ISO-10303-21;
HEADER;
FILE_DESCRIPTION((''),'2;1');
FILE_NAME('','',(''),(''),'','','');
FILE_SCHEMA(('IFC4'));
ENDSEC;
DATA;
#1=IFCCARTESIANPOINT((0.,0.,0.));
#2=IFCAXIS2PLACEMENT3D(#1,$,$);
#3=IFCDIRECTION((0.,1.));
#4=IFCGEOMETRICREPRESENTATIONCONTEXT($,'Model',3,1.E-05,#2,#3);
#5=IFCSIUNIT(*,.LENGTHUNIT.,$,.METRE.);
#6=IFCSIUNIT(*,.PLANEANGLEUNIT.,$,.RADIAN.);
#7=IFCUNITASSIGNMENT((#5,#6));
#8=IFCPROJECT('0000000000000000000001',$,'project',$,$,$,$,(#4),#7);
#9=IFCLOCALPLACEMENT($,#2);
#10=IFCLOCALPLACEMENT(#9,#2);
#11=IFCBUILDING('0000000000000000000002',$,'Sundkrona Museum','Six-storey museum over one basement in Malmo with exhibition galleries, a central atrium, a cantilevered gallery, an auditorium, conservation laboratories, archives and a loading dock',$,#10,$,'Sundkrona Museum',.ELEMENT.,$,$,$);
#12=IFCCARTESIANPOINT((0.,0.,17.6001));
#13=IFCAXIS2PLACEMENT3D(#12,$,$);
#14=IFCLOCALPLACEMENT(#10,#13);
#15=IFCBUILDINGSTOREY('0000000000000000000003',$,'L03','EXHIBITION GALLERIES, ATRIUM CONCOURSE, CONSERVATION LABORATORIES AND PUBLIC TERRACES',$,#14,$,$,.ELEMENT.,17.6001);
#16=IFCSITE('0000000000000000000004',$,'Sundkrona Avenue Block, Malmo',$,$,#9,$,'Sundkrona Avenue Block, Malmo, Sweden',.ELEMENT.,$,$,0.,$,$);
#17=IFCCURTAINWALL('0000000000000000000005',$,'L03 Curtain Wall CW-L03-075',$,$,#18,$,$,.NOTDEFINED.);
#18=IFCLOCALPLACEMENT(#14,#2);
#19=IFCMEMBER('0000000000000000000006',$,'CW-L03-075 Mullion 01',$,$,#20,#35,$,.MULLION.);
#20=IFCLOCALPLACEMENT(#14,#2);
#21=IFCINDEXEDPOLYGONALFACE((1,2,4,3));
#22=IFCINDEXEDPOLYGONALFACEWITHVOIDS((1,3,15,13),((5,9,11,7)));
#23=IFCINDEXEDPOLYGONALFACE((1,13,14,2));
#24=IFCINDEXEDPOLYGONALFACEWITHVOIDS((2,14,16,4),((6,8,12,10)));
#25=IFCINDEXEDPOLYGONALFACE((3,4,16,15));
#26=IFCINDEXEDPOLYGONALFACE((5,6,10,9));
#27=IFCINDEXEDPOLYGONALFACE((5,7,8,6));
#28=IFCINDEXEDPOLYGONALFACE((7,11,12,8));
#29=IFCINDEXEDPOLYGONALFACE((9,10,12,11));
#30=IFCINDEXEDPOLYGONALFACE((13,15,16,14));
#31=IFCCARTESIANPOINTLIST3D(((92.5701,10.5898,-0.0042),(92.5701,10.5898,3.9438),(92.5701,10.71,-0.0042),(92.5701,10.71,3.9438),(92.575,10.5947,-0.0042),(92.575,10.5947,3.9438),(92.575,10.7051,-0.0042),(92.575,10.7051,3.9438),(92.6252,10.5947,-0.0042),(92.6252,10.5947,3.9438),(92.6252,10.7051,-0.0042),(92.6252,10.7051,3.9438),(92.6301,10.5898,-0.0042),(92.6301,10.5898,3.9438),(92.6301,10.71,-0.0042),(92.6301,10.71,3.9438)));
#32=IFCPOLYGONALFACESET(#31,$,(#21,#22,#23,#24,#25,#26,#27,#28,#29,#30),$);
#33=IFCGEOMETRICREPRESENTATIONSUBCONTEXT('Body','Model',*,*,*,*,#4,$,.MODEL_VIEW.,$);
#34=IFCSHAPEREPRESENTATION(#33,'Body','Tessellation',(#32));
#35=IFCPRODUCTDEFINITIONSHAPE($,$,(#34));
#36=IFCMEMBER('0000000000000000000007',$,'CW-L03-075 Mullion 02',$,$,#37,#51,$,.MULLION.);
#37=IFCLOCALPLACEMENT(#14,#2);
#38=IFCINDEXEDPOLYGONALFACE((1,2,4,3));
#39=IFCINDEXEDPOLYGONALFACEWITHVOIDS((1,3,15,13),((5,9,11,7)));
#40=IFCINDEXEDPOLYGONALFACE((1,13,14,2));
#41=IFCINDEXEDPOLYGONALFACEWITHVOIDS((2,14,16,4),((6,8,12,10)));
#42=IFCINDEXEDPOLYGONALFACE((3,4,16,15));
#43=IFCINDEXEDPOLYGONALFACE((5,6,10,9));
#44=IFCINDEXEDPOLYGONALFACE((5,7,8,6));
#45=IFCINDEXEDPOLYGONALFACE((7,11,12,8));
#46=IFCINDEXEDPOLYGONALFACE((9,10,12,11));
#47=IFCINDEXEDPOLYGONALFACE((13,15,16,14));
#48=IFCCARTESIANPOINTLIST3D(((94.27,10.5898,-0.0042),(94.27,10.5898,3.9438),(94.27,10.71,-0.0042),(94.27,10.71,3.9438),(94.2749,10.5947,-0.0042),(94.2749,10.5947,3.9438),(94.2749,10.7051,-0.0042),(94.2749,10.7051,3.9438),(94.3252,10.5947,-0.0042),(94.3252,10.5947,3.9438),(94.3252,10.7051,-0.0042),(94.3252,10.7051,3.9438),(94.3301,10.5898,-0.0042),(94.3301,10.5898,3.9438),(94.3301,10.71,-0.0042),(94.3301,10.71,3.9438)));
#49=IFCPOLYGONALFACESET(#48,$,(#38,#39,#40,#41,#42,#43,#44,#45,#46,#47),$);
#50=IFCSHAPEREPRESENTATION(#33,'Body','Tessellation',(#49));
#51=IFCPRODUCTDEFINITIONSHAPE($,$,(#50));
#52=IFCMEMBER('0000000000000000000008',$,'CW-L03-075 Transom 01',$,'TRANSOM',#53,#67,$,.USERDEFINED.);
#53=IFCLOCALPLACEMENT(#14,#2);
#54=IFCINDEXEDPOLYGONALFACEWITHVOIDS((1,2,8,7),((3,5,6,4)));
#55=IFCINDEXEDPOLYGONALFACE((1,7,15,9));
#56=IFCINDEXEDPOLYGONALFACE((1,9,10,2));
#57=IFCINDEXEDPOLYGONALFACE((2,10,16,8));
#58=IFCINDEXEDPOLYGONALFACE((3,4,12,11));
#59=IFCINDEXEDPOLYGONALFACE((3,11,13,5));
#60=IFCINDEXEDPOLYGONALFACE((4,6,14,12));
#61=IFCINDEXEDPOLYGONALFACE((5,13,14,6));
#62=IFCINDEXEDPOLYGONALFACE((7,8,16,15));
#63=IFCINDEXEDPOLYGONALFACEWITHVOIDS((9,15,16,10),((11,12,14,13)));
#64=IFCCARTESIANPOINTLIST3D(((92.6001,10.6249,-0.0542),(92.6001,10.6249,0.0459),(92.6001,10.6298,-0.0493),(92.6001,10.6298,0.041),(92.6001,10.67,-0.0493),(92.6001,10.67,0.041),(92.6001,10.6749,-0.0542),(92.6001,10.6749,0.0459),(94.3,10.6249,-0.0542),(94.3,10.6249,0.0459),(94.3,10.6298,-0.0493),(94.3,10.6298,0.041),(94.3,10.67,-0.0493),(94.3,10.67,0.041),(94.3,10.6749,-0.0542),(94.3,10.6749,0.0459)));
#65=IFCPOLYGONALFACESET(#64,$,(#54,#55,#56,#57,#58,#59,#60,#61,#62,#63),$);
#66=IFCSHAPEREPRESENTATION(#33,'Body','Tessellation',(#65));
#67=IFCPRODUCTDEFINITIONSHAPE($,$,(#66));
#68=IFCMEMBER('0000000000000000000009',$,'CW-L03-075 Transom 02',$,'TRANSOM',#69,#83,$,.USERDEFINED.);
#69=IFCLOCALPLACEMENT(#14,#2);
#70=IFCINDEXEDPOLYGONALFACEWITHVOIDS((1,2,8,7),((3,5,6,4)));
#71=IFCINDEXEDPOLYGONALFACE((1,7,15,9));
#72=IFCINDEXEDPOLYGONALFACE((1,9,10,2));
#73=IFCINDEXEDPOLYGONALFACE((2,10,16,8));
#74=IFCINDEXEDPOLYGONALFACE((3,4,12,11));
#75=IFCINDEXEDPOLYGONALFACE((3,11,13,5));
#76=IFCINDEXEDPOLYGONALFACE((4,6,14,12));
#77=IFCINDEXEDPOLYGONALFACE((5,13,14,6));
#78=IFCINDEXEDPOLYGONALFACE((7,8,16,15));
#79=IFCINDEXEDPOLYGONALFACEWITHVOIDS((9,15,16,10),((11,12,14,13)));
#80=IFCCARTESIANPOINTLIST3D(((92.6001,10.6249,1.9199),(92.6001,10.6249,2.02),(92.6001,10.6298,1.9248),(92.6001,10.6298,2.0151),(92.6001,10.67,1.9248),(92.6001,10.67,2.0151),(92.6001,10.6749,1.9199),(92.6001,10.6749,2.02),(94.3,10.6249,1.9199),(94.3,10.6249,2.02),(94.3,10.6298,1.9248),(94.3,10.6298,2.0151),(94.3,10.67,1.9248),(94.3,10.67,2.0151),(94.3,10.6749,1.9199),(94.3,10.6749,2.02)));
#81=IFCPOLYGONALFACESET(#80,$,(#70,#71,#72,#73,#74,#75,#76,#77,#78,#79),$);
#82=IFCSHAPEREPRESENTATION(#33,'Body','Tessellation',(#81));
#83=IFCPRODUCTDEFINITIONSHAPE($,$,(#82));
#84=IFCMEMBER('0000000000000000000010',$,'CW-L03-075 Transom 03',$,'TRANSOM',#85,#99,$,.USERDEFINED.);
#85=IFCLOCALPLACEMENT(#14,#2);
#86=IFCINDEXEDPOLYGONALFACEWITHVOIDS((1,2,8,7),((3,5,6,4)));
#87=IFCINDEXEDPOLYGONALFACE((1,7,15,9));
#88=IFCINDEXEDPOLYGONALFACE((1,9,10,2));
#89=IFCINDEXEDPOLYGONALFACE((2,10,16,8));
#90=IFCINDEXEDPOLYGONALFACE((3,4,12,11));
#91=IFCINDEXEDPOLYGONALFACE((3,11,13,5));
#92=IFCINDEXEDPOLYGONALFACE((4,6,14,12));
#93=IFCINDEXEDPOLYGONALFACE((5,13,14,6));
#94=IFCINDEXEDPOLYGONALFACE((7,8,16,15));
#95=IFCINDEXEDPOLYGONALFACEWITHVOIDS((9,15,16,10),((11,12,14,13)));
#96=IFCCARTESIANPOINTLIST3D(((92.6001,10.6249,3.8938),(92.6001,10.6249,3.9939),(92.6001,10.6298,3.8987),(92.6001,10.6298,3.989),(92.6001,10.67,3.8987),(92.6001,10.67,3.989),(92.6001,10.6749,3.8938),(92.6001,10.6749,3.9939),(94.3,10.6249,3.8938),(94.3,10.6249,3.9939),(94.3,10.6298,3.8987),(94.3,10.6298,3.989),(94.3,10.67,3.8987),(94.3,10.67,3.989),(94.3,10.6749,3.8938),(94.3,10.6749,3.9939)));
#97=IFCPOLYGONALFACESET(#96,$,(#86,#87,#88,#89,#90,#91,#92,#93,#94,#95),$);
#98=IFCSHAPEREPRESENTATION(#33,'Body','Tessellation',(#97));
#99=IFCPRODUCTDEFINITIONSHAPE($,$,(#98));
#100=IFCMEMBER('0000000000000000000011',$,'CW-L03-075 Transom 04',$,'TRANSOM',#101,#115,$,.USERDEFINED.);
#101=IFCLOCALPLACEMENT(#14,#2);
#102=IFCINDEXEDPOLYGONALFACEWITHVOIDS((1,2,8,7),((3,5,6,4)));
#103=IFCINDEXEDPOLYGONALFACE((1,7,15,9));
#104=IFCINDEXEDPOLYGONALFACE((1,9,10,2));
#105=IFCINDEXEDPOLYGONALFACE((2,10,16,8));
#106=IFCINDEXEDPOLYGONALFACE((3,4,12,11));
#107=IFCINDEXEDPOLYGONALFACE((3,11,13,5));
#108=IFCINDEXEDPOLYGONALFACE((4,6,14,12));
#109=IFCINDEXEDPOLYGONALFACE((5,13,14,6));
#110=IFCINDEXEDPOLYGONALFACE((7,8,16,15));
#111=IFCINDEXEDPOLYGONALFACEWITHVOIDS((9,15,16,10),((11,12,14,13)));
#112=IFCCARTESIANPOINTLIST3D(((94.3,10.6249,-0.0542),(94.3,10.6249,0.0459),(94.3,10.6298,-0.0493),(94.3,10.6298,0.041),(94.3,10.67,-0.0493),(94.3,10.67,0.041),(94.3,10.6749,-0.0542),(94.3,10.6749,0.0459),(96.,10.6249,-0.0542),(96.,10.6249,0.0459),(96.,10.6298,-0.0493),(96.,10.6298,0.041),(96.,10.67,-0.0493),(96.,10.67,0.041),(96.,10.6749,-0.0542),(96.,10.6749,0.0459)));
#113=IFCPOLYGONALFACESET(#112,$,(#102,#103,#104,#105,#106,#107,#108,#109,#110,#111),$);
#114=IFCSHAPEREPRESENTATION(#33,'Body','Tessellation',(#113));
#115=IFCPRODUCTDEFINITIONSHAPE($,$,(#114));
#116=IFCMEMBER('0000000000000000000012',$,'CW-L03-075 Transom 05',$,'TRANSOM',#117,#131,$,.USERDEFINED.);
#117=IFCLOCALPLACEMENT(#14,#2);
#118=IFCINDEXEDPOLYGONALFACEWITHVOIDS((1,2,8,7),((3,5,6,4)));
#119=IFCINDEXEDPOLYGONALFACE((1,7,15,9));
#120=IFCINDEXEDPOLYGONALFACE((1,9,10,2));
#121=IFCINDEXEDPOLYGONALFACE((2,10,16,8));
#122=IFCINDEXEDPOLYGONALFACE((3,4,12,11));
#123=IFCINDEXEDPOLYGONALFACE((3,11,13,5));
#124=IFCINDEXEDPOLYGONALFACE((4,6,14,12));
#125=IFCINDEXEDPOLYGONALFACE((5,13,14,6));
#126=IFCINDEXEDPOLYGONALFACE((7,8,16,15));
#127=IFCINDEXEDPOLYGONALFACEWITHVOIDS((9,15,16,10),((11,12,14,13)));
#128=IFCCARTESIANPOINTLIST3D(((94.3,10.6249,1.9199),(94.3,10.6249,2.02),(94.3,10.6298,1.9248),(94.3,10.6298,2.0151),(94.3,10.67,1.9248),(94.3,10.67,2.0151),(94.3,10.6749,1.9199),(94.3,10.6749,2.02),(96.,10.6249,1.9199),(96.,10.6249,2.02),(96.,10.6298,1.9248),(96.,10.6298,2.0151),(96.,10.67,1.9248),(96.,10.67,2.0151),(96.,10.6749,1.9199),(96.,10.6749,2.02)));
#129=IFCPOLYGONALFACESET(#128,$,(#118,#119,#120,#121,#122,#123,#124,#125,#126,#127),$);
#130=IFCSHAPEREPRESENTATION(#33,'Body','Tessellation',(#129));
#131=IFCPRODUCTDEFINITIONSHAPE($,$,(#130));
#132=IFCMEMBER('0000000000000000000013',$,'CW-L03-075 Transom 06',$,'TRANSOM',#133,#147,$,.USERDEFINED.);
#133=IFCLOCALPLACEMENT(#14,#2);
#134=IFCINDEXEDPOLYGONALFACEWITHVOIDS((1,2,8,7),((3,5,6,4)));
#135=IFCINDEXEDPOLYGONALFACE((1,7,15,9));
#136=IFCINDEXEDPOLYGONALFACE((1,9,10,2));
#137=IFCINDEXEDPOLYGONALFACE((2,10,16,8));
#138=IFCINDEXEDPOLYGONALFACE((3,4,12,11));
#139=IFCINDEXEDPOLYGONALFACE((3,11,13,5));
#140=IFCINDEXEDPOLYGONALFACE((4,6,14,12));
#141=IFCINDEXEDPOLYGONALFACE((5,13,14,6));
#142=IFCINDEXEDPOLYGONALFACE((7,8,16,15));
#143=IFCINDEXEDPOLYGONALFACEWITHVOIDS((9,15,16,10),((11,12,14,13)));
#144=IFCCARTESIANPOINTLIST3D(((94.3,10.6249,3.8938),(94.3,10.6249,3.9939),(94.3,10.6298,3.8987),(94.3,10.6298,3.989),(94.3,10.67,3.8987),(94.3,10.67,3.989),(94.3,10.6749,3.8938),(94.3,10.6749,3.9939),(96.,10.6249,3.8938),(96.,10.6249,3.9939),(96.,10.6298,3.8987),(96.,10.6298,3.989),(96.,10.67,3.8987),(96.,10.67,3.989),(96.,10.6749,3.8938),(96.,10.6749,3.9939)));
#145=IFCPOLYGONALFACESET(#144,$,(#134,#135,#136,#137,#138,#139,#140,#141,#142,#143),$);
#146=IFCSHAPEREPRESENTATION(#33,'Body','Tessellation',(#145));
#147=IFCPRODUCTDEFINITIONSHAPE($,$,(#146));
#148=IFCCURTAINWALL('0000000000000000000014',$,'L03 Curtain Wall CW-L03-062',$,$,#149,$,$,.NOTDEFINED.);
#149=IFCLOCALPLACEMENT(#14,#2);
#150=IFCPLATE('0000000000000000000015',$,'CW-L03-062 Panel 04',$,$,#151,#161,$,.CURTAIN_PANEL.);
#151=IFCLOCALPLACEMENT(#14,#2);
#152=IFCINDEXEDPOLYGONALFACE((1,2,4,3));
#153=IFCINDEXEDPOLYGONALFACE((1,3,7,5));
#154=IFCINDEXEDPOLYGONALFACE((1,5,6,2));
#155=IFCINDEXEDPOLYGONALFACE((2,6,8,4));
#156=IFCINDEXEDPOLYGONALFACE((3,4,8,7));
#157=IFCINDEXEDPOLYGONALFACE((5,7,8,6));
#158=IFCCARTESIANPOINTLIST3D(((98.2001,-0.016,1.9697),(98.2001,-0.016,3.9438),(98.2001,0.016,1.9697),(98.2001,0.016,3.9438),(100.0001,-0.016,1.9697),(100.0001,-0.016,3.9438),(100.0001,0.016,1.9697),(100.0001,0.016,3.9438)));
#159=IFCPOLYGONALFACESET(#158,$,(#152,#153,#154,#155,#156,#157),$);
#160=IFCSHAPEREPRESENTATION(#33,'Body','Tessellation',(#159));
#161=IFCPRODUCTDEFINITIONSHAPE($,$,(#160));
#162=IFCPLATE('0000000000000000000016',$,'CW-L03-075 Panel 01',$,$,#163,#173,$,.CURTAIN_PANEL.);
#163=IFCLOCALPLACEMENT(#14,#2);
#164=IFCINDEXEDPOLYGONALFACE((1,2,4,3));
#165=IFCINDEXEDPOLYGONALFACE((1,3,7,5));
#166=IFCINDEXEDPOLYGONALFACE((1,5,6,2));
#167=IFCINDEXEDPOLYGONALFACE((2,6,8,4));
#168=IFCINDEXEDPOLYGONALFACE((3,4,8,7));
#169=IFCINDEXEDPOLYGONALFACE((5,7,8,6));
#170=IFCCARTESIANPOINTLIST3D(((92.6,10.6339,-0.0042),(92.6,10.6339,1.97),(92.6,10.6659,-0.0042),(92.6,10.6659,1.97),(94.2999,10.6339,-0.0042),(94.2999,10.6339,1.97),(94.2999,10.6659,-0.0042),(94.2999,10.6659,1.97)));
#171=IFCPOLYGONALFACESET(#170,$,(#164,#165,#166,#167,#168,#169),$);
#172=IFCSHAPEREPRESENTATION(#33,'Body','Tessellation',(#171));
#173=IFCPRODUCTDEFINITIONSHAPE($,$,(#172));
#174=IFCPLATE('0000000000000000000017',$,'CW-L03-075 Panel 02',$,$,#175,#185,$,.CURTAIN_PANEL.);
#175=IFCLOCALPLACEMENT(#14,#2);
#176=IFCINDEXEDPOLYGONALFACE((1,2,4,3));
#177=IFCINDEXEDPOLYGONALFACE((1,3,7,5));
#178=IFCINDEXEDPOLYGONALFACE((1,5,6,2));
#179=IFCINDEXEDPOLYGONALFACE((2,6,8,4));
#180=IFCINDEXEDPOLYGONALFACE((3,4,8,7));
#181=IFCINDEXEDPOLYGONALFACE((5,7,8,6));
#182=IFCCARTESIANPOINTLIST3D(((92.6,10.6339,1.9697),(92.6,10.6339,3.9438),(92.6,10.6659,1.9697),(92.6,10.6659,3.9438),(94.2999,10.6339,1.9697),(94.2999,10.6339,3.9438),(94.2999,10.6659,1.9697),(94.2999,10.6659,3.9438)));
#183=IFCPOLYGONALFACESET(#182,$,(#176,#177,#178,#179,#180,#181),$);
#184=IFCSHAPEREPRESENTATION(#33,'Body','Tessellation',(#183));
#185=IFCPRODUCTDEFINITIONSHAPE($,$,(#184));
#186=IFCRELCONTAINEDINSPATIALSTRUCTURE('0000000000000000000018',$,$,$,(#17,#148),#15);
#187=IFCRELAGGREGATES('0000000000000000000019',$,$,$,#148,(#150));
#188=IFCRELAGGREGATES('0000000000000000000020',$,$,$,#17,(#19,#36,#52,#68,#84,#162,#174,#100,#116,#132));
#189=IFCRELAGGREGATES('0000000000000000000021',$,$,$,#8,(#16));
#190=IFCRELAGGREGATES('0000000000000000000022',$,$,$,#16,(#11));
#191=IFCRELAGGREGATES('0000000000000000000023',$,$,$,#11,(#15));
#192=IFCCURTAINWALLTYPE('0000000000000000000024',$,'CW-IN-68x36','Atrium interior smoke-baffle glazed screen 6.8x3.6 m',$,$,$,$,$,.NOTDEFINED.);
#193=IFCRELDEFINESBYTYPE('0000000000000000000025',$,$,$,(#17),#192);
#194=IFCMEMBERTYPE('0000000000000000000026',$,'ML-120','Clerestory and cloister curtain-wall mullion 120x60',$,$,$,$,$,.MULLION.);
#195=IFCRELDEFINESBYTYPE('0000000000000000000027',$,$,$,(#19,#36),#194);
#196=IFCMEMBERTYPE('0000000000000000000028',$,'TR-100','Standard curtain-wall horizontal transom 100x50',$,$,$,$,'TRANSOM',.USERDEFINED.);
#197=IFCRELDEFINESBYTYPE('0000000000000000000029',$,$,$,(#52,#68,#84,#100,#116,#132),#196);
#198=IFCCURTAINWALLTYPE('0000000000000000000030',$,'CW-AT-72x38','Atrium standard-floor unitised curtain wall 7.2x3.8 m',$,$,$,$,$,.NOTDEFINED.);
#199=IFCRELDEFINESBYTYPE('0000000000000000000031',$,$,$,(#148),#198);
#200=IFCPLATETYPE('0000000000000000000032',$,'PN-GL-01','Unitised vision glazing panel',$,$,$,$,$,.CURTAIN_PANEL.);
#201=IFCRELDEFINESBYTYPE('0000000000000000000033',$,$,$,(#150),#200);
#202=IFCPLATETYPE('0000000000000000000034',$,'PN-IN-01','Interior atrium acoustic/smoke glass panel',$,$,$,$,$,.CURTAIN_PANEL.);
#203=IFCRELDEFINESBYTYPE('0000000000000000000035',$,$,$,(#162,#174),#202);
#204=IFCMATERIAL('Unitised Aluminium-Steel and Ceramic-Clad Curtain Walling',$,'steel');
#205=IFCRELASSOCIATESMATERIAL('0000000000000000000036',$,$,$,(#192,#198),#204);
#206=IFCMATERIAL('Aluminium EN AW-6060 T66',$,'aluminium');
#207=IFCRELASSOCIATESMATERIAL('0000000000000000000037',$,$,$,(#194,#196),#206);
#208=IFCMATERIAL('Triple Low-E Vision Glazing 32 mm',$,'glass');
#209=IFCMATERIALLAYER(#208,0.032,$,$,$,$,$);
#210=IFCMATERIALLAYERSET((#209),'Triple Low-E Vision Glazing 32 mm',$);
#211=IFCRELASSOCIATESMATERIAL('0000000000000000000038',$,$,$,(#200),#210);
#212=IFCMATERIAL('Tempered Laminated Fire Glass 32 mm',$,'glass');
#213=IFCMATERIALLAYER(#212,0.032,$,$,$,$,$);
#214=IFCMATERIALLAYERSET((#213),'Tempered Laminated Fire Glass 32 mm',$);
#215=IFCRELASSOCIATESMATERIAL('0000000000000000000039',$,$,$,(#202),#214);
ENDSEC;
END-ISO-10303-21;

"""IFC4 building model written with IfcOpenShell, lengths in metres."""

from ifc_helpers import new_model, si_unit, direction, frame, origin, origin_2d, place, context, subcontext, project, spatial, rectangle, hollow_rectangle, extrude, material, layer, layer_set, material_profile, profile_set, type_object, element, aggregate, save


model = new_model("IFC4")

# Units and contexts
model_context = context("Model", 3, precision=1e-05, world=origin(), true_north=direction((0.0, 1.0)))
body_context = subcontext(model_context, "Body", "Model", "MODEL_VIEW")
ifc_project = project(units=[si_unit("LENGTHUNIT", "METRE"), si_unit("PLANEANGLEUNIT", "RADIAN")], contexts=[model_context])

# Site, building, storey
site_placement = place(None, origin())
site = spatial("IfcSite", under=ifc_project, at=site_placement, Name="Sundkrona Avenue Block, Malmo", LongName="Sundkrona Avenue Block, Malmo, Sweden", CompositionType="ELEMENT", RefElevation=0.0)
building_placement = place(site_placement, origin())
building = spatial("IfcBuilding", under=site, at=building_placement, Name="Sundkrona Museum", Description="Six-storey museum over one basement in Malmo with exhibition galleries, a central atrium, a cantilevered gallery, an auditorium, conservation laboratories, archives and a loading dock", LongName="Sundkrona Museum", CompositionType="ELEMENT")
storey_placement = place(building_placement, frame((0.0, 0.0, 17.6001)))
storey = spatial("IfcBuildingStorey", under=building, at=storey_placement, Name="L03", Description="EXHIBITION GALLERIES, ATRIUM CONCOURSE, CONSERVATION LABORATORIES AND PUBLIC TERRACES", CompositionType="ELEMENT", Elevation=17.6001)

# Curtain wall, members
ifc_material_1 = material(Name="Unitised Aluminium-Steel and Ceramic-Clad Curtain Walling", Category="steel")
curtain_wall_type_1 = type_object("IfcCurtainWallType", Name="CW-IN-68x36", Description="Atrium interior smoke-baffle glazed screen 6.8x3.6 m", PredefinedType="NOTDEFINED", material=ifc_material_1)
curtain_wall_1_placement = place(storey_placement, origin())
curtain_wall_1 = element("IfcCurtainWall", 1, at=curtain_wall_1_placement, inside=storey, type_object=curtain_wall_type_1, Name="L03 Curtain Wall CW-L03-075", PredefinedType="NOTDEFINED")
ifc_material_2 = material(Name="Aluminium EN AW-6060 T66", Category="aluminium")
ifc_material_profile_1 = material_profile(ifc_material_2, hollow_rectangle(XDim=0.0601, YDim=0.1201, WallThickness=0.0049, at=origin_2d()), Name="RHS 120x60x5.0")
ifc_profile_set_1 = profile_set([ifc_material_profile_1], Name="Aluminium EN AW-6060 T66")
member_type_1 = type_object("IfcMemberType", Name="ML-120", Description="Clerestory and cloister curtain-wall mullion 120x60", PredefinedType="MULLION", material=ifc_profile_set_1)
member_1_placement = place(storey_placement, frame((92.6001, 10.6499, -0.0042), z_axis=(0.0, 0.0, 1.0), x_axis=(1.0, 0.0, 0.0)))
member_1 = element("IfcMember", 2, at=member_1_placement, type_object=member_type_1, Name="CW-L03-075 Mullion 01", PredefinedType="MULLION", context=body_context, shape_type="SweptSolid", body=[
    extrude(hollow_rectangle(XDim=0.0601, YDim=0.1201, WallThickness=0.0049, at=origin_2d()), origin(), (0.0, 0.0, 1.0), 3.948),
])
member_2_placement = place(storey_placement, frame((94.3, 10.6499, -0.0042), z_axis=(0.0, 0.0, 1.0), x_axis=(1.0, 0.0, 0.0)))
member_2 = element("IfcMember", 3, at=member_2_placement, type_object=member_type_1, Name="CW-L03-075 Mullion 02", PredefinedType="MULLION", context=body_context, shape_type="SweptSolid", body=[
    extrude(hollow_rectangle(XDim=0.0601, YDim=0.1201, WallThickness=0.0049, at=origin_2d()), origin(), (0.0, 0.0, 1.0), 3.948),
])
ifc_material_profile_2 = material_profile(ifc_material_2, hollow_rectangle(XDim=0.05, YDim=0.1001, WallThickness=0.0049, at=origin_2d()), Name="RHS 100x50x5.0")
ifc_profile_set_2 = profile_set([ifc_material_profile_2], Name="Aluminium EN AW-6060 T66")
member_type_2 = type_object("IfcMemberType", Name="TR-100", Description="Standard curtain-wall horizontal transom 100x50", ElementType="TRANSOM", PredefinedType="USERDEFINED", material=ifc_profile_set_2)
member_3_placement = place(storey_placement, frame((92.6001, 10.6499, -0.0042), z_axis=(1.0, 0.0, 0.0), x_axis=(0.0, 1.0, 0.0)))
member_3 = element("IfcMember", 4, at=member_3_placement, type_object=member_type_2, Name="CW-L03-075 Transom 01", ObjectType="TRANSOM", PredefinedType="USERDEFINED", context=body_context, shape_type="SweptSolid", body=[
    extrude(hollow_rectangle(XDim=0.05, YDim=0.1001, WallThickness=0.0049, at=origin_2d()), origin(), (0.0, 0.0, 1.0), 1.7),
])
member_4_placement = place(storey_placement, frame((92.6001, 10.6499, 1.97), z_axis=(1.0, 0.0, 0.0), x_axis=(0.0, 1.0, 0.0)))
member_4 = element("IfcMember", 5, at=member_4_placement, type_object=member_type_2, Name="CW-L03-075 Transom 02", ObjectType="TRANSOM", PredefinedType="USERDEFINED", context=body_context, shape_type="SweptSolid", body=[
    extrude(hollow_rectangle(XDim=0.05, YDim=0.1001, WallThickness=0.0049, at=origin_2d()), origin(), (0.0, 0.0, 1.0), 1.7),
])
member_5_placement = place(storey_placement, frame((92.6001, 10.6499, 3.9438), z_axis=(1.0, 0.0, 0.0), x_axis=(0.0, 1.0, 0.0)))
member_5 = element("IfcMember", 6, at=member_5_placement, type_object=member_type_2, Name="CW-L03-075 Transom 03", ObjectType="TRANSOM", PredefinedType="USERDEFINED", context=body_context, shape_type="SweptSolid", body=[
    extrude(hollow_rectangle(XDim=0.05, YDim=0.1001, WallThickness=0.0049, at=origin_2d()), origin(), (0.0, 0.0, 1.0), 1.7),
])
member_6_placement = place(storey_placement, frame((94.3, 10.6499, -0.0042), z_axis=(1.0, 0.0, 0.0), x_axis=(0.0, 1.0, 0.0)))
member_6 = element("IfcMember", 7, at=member_6_placement, type_object=member_type_2, Name="CW-L03-075 Transom 04", ObjectType="TRANSOM", PredefinedType="USERDEFINED", context=body_context, shape_type="SweptSolid", body=[
    extrude(hollow_rectangle(XDim=0.05, YDim=0.1001, WallThickness=0.0049, at=origin_2d()), origin(), (0.0, 0.0, 1.0), 1.7),
])
member_7_placement = place(storey_placement, frame((94.3, 10.6499, 1.97), z_axis=(1.0, 0.0, 0.0), x_axis=(0.0, 1.0, 0.0)))
member_7 = element("IfcMember", 8, at=member_7_placement, type_object=member_type_2, Name="CW-L03-075 Transom 05", ObjectType="TRANSOM", PredefinedType="USERDEFINED", context=body_context, shape_type="SweptSolid", body=[
    extrude(hollow_rectangle(XDim=0.05, YDim=0.1001, WallThickness=0.0049, at=origin_2d()), origin(), (0.0, 0.0, 1.0), 1.7),
])
member_8_placement = place(storey_placement, frame((94.3, 10.6499, 3.9438), z_axis=(1.0, 0.0, 0.0), x_axis=(0.0, 1.0, 0.0)))
member_8 = element("IfcMember", 9, at=member_8_placement, type_object=member_type_2, Name="CW-L03-075 Transom 06", ObjectType="TRANSOM", PredefinedType="USERDEFINED", context=body_context, shape_type="SweptSolid", body=[
    extrude(hollow_rectangle(XDim=0.05, YDim=0.1001, WallThickness=0.0049, at=origin_2d()), origin(), (0.0, 0.0, 1.0), 1.7),
])

# Curtain wall, plate
curtain_wall_type_2 = type_object("IfcCurtainWallType", Name="CW-AT-72x38", Description="Atrium standard-floor unitised curtain wall 7.2x3.8 m", PredefinedType="NOTDEFINED", material=ifc_material_1)
curtain_wall_2_placement = place(storey_placement, origin())
curtain_wall_2 = element("IfcCurtainWall", 10, at=curtain_wall_2_placement, inside=storey, type_object=curtain_wall_type_2, Name="L03 Curtain Wall CW-L03-062", PredefinedType="NOTDEFINED")
ifc_material_3 = material(Name="Triple Low-E Vision Glazing 32 mm", Category="glass")
ifc_layer_1 = layer(ifc_material_3, 0.032)
ifc_layer_set_1 = layer_set([ifc_layer_1], Name="Triple Low-E Vision Glazing 32 mm")
plate_type_1 = type_object("IfcPlateType", Name="PN-GL-01", Description="Unitised vision glazing panel", PredefinedType="CURTAIN_PANEL", material=ifc_layer_set_1)
plate_1_placement = place(storey_placement, frame((99.1001, 0.0, 1.9697), z_axis=(0.0, 0.0, 1.0), x_axis=(1.0, 0.0, 0.0)))
plate_1 = element("IfcPlate", 11, at=plate_1_placement, type_object=plate_type_1, Name="CW-L03-062 Panel 04", PredefinedType="CURTAIN_PANEL", context=body_context, shape_type="SweptSolid", body=[
    extrude(rectangle(XDim=1.8, YDim=0.032, at=origin_2d()), origin(), (0.0, 0.0, 1.0), 1.9741),
])
aggregate(curtain_wall_2, [plate_1])

# Plates
ifc_material_4 = material(Name="Tempered Laminated Fire Glass 32 mm", Category="glass")
ifc_layer_2 = layer(ifc_material_4, 0.032)
ifc_layer_set_2 = layer_set([ifc_layer_2], Name="Tempered Laminated Fire Glass 32 mm")
plate_type_2 = type_object("IfcPlateType", Name="PN-IN-01", Description="Interior atrium acoustic/smoke glass panel", PredefinedType="CURTAIN_PANEL", material=ifc_layer_set_2)
plate_2_placement = place(storey_placement, frame((93.45, 10.6499, -0.0042), z_axis=(0.0, 0.0, 1.0), x_axis=(1.0, 0.0, 0.0)))
plate_2 = element("IfcPlate", 12, at=plate_2_placement, type_object=plate_type_2, Name="CW-L03-075 Panel 01", PredefinedType="CURTAIN_PANEL", context=body_context, shape_type="SweptSolid", body=[
    extrude(rectangle(XDim=1.7, YDim=0.032, at=origin_2d()), origin(), (0.0, 0.0, 1.0), 1.9741),
])
plate_3_placement = place(storey_placement, frame((93.45, 10.6499, 1.9697), z_axis=(0.0, 0.0, 1.0), x_axis=(1.0, 0.0, 0.0)))
plate_3 = element("IfcPlate", 13, at=plate_3_placement, type_object=plate_type_2, Name="CW-L03-075 Panel 02", PredefinedType="CURTAIN_PANEL", context=body_context, shape_type="SweptSolid", body=[
    extrude(rectangle(XDim=1.7, YDim=0.032, at=origin_2d()), origin(), (0.0, 0.0, 1.0), 1.9741),
])
aggregate(curtain_wall_1, [member_1, member_2, member_3, member_4, member_5, plate_2, plate_3, member_6, member_7, member_8])

save(model, "model.ifc")
